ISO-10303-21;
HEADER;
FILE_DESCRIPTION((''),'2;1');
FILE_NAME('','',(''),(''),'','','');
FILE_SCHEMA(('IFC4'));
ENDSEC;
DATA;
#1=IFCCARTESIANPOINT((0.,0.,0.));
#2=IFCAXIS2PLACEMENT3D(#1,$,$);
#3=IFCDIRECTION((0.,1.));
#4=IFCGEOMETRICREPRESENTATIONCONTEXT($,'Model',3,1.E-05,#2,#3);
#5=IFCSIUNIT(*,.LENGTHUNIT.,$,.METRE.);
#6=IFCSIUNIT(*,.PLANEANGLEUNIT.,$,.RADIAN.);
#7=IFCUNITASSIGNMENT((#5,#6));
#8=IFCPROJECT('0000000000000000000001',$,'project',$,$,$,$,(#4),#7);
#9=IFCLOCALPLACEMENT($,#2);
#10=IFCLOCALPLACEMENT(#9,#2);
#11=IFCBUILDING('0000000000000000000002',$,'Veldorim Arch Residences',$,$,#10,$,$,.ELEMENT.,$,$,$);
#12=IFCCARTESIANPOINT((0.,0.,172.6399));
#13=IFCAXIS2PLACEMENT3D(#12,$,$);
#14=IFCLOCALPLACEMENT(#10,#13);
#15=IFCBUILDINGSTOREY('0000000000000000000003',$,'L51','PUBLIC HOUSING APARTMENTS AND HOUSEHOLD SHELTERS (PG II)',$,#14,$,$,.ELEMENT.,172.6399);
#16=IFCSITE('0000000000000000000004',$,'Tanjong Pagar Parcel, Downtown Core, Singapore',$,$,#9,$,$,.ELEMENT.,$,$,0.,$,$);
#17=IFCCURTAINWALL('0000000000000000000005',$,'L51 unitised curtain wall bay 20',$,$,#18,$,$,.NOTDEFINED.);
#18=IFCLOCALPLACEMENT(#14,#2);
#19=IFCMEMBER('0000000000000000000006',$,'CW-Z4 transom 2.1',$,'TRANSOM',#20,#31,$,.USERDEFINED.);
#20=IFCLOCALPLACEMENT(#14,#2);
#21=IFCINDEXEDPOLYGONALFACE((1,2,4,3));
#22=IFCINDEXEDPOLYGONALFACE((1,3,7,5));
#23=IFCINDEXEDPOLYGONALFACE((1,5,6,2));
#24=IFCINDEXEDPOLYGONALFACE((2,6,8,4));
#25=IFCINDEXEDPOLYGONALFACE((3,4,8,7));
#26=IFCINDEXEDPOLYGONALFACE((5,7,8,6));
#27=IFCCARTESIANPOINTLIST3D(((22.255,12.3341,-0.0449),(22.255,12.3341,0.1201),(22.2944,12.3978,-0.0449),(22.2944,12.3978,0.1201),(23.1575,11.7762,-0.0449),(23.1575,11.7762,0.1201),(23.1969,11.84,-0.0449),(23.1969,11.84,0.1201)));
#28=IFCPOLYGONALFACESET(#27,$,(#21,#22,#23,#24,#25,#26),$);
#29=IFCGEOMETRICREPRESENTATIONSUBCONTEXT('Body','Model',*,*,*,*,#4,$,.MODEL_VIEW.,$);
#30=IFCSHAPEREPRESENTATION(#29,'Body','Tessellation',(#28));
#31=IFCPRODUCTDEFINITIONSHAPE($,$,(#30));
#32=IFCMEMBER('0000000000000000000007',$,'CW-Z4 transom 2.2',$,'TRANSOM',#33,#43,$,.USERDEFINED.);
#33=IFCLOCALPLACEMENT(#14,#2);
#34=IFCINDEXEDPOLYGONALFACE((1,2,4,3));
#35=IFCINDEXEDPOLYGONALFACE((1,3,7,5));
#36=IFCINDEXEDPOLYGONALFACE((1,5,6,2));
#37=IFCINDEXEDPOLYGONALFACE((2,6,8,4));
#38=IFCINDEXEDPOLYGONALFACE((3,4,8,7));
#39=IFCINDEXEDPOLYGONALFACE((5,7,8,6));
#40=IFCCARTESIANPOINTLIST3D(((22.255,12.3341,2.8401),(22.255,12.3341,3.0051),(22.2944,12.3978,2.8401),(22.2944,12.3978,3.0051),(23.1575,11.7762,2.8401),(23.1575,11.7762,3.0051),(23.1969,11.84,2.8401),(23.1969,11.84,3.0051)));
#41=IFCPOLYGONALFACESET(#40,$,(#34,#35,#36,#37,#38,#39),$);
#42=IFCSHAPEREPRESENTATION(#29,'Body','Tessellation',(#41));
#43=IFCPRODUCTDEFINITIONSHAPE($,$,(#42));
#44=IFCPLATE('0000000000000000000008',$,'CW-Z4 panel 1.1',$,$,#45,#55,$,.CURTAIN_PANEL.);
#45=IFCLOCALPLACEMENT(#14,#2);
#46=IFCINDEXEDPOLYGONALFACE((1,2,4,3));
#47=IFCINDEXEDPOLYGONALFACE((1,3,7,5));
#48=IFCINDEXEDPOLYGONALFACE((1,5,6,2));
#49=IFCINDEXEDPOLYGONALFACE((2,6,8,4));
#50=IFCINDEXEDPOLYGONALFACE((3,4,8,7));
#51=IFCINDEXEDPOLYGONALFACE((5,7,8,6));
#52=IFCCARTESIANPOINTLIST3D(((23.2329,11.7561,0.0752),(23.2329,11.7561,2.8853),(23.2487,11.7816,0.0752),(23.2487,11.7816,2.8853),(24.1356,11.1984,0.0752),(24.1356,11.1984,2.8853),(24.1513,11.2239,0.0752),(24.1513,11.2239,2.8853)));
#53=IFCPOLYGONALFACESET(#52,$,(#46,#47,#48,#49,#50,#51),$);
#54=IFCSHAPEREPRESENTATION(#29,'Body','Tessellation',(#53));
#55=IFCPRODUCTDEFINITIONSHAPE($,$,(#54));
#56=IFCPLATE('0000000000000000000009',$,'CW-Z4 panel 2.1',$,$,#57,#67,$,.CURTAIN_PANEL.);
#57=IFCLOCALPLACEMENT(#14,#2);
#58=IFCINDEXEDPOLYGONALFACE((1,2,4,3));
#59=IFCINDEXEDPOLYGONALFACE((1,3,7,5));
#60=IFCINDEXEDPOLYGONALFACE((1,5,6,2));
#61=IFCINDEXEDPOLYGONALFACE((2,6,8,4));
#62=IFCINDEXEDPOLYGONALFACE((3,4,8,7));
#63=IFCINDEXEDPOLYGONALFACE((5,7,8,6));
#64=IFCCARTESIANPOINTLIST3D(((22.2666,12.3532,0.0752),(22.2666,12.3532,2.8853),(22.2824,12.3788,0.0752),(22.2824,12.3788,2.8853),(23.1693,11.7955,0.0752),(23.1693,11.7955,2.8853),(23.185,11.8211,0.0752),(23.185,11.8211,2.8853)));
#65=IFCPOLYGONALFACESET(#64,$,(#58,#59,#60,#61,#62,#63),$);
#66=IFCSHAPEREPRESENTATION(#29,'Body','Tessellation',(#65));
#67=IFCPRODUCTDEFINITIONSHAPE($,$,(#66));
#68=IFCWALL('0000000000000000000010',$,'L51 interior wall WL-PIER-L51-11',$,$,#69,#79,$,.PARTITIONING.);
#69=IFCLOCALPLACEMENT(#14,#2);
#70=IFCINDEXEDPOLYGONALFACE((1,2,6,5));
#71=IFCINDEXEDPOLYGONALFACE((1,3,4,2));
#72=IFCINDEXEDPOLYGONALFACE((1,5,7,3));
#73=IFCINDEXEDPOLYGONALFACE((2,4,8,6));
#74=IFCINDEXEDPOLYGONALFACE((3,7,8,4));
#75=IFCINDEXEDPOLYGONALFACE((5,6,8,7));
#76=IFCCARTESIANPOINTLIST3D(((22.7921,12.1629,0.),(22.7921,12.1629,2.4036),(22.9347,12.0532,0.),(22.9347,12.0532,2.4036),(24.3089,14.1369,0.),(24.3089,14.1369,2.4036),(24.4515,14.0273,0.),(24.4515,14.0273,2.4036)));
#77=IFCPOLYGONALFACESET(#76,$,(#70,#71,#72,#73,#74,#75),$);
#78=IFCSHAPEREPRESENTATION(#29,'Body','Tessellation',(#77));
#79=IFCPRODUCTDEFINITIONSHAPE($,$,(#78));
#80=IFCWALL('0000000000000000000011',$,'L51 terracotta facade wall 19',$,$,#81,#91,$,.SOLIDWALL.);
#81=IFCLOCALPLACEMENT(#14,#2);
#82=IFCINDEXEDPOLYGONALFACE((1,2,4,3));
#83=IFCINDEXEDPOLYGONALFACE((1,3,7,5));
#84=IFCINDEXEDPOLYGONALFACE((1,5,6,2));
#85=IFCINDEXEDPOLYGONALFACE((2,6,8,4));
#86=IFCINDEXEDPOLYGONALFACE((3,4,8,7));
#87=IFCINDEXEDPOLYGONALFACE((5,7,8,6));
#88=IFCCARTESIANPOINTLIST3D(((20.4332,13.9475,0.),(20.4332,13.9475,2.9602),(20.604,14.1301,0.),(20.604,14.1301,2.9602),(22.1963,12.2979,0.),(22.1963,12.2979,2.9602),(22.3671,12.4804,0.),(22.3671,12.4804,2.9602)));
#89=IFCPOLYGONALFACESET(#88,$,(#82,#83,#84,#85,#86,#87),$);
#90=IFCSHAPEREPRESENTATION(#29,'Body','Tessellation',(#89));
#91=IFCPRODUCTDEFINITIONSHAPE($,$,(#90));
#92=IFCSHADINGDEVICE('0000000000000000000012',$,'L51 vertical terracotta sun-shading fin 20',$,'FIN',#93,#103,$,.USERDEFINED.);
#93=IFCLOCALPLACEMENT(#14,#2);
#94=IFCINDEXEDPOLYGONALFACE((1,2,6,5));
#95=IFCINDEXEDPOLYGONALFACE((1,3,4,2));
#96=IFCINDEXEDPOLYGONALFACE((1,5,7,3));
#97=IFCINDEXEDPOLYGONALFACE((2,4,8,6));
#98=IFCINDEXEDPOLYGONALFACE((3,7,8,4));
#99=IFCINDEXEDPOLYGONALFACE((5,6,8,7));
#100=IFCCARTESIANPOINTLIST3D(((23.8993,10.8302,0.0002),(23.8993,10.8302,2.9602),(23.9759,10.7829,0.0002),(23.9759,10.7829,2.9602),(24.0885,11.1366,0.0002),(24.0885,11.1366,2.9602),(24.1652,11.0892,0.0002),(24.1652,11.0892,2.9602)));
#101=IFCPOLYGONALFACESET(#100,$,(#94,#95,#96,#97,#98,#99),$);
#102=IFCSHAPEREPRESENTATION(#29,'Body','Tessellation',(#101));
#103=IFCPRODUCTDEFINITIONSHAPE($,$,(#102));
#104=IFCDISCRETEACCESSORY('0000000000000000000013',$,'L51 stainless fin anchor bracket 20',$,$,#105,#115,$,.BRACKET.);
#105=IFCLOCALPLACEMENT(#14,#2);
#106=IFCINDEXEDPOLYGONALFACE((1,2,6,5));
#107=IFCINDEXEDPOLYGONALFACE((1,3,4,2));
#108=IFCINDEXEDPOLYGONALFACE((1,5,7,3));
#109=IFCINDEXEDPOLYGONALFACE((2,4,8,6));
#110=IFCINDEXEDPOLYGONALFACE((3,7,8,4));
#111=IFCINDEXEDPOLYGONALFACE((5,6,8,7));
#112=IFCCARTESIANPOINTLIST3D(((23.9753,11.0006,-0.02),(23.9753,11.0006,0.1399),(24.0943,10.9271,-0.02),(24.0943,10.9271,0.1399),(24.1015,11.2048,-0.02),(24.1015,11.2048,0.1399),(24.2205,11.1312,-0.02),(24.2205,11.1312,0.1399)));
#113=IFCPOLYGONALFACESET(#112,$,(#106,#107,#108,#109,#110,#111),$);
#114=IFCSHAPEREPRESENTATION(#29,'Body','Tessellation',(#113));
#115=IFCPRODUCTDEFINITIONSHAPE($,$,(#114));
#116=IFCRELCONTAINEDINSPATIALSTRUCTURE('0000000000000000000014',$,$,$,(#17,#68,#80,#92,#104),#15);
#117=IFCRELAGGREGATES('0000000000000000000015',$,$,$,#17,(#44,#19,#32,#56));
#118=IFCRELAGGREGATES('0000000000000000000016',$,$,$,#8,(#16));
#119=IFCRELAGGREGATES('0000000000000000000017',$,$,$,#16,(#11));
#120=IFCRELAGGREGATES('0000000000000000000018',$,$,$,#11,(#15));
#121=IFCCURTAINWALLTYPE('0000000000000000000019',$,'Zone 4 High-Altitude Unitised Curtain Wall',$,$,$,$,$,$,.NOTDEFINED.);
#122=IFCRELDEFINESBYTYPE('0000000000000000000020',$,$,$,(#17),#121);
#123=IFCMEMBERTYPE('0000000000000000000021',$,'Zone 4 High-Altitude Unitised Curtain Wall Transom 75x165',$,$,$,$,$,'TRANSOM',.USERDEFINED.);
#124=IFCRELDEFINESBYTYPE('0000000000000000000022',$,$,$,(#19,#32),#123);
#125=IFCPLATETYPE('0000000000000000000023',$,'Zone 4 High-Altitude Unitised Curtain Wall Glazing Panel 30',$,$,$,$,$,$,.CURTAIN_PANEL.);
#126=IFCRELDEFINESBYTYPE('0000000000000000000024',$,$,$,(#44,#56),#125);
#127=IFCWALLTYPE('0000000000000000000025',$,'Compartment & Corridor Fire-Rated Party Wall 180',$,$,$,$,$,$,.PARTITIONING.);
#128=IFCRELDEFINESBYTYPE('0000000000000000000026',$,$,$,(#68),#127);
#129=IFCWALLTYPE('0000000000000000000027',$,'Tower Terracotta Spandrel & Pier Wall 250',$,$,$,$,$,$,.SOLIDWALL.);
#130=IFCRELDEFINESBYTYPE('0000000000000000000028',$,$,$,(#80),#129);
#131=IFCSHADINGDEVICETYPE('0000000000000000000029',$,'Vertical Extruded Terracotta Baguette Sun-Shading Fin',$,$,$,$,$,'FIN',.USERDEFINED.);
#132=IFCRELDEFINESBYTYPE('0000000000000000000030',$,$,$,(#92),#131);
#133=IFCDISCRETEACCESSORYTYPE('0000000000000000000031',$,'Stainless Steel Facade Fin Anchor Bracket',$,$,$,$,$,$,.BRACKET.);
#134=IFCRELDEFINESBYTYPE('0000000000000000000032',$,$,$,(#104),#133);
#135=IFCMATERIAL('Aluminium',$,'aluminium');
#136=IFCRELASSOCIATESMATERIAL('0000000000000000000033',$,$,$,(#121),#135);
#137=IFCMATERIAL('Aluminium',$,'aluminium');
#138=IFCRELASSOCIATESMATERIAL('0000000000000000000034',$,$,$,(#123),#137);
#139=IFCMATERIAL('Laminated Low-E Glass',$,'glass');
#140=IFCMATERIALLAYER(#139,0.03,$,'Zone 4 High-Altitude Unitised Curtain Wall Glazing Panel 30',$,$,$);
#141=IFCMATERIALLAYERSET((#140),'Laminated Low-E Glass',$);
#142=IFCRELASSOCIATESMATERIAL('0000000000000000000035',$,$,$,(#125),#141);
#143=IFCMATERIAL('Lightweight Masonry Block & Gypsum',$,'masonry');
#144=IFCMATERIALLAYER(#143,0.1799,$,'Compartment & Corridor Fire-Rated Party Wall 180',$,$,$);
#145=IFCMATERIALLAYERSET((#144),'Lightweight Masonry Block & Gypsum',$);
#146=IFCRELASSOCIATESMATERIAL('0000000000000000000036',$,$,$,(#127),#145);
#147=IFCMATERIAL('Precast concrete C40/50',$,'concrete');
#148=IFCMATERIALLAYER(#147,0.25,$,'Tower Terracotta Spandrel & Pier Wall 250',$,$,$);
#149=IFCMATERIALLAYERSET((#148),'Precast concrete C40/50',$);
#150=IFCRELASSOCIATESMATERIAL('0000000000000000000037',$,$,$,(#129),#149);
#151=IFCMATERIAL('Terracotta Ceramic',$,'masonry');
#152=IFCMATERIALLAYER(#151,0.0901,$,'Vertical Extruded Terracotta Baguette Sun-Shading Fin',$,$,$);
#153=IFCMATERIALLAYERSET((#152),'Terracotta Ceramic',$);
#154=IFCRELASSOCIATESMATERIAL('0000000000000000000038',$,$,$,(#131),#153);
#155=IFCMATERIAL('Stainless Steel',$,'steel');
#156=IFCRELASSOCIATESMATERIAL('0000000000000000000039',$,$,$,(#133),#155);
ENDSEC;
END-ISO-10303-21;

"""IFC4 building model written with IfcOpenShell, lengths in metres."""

from ifc_helpers import new_model, si_unit, direction, frame, frame_2d, origin, origin_2d, place, context, subcontext, project, spatial, rectangle, extrude, material, layer, layer_set, material_profile, profile_set, type_object, element, aggregate, save


model = new_model("IFC4")

# Units and contexts
model_context = context("Model", 3, precision=1e-05, world=origin(), true_north=direction((0.0, 1.0)))
body_context = subcontext(model_context, "Body", "Model", "MODEL_VIEW")
ifc_project = project(units=[si_unit("LENGTHUNIT", "METRE"), si_unit("PLANEANGLEUNIT", "RADIAN")], contexts=[model_context])

# Site, building, storey
site_placement = place(None, origin())
site = spatial("IfcSite", under=ifc_project, at=site_placement, Name="Tanjong Pagar Parcel, Downtown Core, Singapore", CompositionType="ELEMENT", RefElevation=0.0)
building_placement = place(site_placement, origin())
building = spatial("IfcBuilding", under=site, at=building_placement, Name="Veldorim Arch Residences", CompositionType="ELEMENT")
storey_placement = place(building_placement, frame((0.0, 0.0, 172.6399)))
storey = spatial("IfcBuildingStorey", under=building, at=storey_placement, Name="L51", Description="PUBLIC HOUSING APARTMENTS AND HOUSEHOLD SHELTERS (PG II)", CompositionType="ELEMENT", Elevation=172.6399)

# Curtain wall, members, plates
ifc_material_1 = material(Name="Aluminium", Category="aluminium")
curtain_wall_type = type_object("IfcCurtainWallType", Name="Zone 4 High-Altitude Unitised Curtain Wall", PredefinedType="NOTDEFINED", material=ifc_material_1)
curtain_wall_placement = place(storey_placement, origin())
curtain_wall = element("IfcCurtainWall", 1, at=curtain_wall_placement, inside=storey, type_object=curtain_wall_type, Name="L51 unitised curtain wall bay 20", PredefinedType="NOTDEFINED")
ifc_material_2 = material(Name="Aluminium", Category="aluminium")
ifc_material_profile_1 = material_profile(ifc_material_2, rectangle(XDim=0.075, YDim=0.165, at=origin_2d()), Name="ALU_TRN_75x165")
ifc_profile_set_1 = profile_set([ifc_material_profile_1], Name="Aluminium")
member_type_1 = type_object("IfcMemberType", Name="Zone 4 High-Altitude Unitised Curtain Wall Transom 75x165", ElementType="TRANSOM", PredefinedType="USERDEFINED", material=ifc_profile_set_1)
member_1_placement = place(storey_placement, frame((23.1772, 11.8081, 0.0376), z_axis=(-0.850638, 0.525752, 0.0), x_axis=(-0.525752, -0.850638, 0.0)))
member_1 = element("IfcMember", 2, at=member_1_placement, type_object=member_type_1, Name="CW-Z4 transom 2.1", ObjectType="TRANSOM", PredefinedType="USERDEFINED", context=body_context, shape_type="SweptSolid", body=[
    extrude(rectangle(XDim=0.075, YDim=0.165, at=origin_2d()), origin(), (0.0, 0.0, 1.0), 1.061),
])
member_2_placement = place(storey_placement, frame((23.1772, 11.8081, 2.9226), z_axis=(-0.850638, 0.525752, 0.0), x_axis=(-0.525752, -0.850638, 0.0)))
member_2 = element("IfcMember", 3, at=member_2_placement, type_object=member_type_1, Name="CW-Z4 transom 2.2", ObjectType="TRANSOM", PredefinedType="USERDEFINED", context=body_context, shape_type="SweptSolid", body=[
    extrude(rectangle(XDim=0.075, YDim=0.165, at=origin_2d()), origin(), (0.0, 0.0, 1.0), 1.061),
])
ifc_material_3 = material(Name="Laminated Low-E Glass", Category="glass")
ifc_layer_1 = layer(ifc_material_3, 0.03, Name="Zone 4 High-Altitude Unitised Curtain Wall Glazing Panel 30")
ifc_layer_set_1 = layer_set([ifc_layer_1], Name="Laminated Low-E Glass")
plate_type = type_object("IfcPlateType", Name="Zone 4 High-Altitude Unitised Curtain Wall Glazing Panel 30", PredefinedType="CURTAIN_PANEL", material=ifc_layer_set_1)
plate_1_placement = place(storey_placement, frame((23.6921, 11.49, 0.0752), z_axis=(0.0, 0.0, 1.0), x_axis=(-0.850709, 0.525637, 0.0)))
plate_1 = element("IfcPlate", 4, at=plate_1_placement, type_object=plate_type, Name="CW-Z4 panel 1.1", PredefinedType="CURTAIN_PANEL", context=body_context, shape_type="SweptSolid", body=[
    extrude(rectangle(XDim=1.061, YDim=0.03, at=origin_2d()), origin(), (0.0, 0.0, 1.0), 2.8101),
])
plate_2_placement = place(storey_placement, frame((22.7258, 12.0872, 0.0752), z_axis=(0.0, 0.0, 1.0), x_axis=(-0.850709, 0.525637, 0.0)))
plate_2 = element("IfcPlate", 5, at=plate_2_placement, type_object=plate_type, Name="CW-Z4 panel 2.1", PredefinedType="CURTAIN_PANEL", context=body_context, shape_type="SweptSolid", body=[
    extrude(rectangle(XDim=1.061, YDim=0.03, at=origin_2d()), origin(), (0.0, 0.0, 1.0), 2.8101),
])
aggregate(curtain_wall, [plate_1, member_1, member_2, plate_2])

# Wall
ifc_material_4 = material(Name="Lightweight Masonry Block & Gypsum", Category="masonry")
ifc_layer_2 = layer(ifc_material_4, 0.1799, Name="Compartment & Corridor Fire-Rated Party Wall 180")
ifc_layer_set_2 = layer_set([ifc_layer_2], Name="Lightweight Masonry Block & Gypsum")
wall_type_1 = type_object("IfcWallType", Name="Compartment & Corridor Fire-Rated Party Wall 180", PredefinedType="PARTITIONING", material=ifc_layer_set_2)
wall_1_placement = place(storey_placement, frame((24.3801, 14.082, 0.0), z_axis=(0.0, 0.0, 1.0), x_axis=(-0.609279, -0.792956, 0.0)))
element("IfcWall", 6, at=wall_1_placement, inside=storey, type_object=wall_type_1, Name="L51 interior wall WL-PIER-L51-11", PredefinedType="PARTITIONING", context=body_context, shape_type="SweptSolid", body=[
    extrude(rectangle(XDim=2.4895, YDim=0.1799, at=frame_2d((1.2446, 0.0))), origin(), (0.0, 0.0, 1.0), 2.4036),
])

# Wall
ifc_material_5 = material(Name="Precast concrete C40/50", Category="concrete")
ifc_layer_3 = layer(ifc_material_5, 0.25, Name="Tower Terracotta Spandrel & Pier Wall 250")
ifc_layer_set_3 = layer_set([ifc_layer_3], Name="Precast concrete C40/50")
wall_type_2 = type_object("IfcWallType", Name="Tower Terracotta Spandrel & Pier Wall 250", PredefinedType="SOLIDWALL", material=ifc_layer_set_3)
wall_2_placement = place(storey_placement, frame((22.2817, 12.3892, 0.0), z_axis=(0.0, 0.0, 1.0), x_axis=(-0.730224, 0.683208, 0.0)))
element("IfcWall", 7, at=wall_2_placement, inside=storey, type_object=wall_type_2, Name="L51 terracotta facade wall 19", PredefinedType="SOLIDWALL", context=body_context, shape_type="SweptSolid", body=[
    extrude(rectangle(XDim=2.4146, YDim=0.25, at=frame_2d((1.2073, 0.0))), origin(), (0.0, 0.0, 1.0), 2.9602),
])

# Shading device
ifc_material_6 = material(Name="Terracotta Ceramic", Category="masonry")
ifc_layer_4 = layer(ifc_material_6, 0.0901, Name="Vertical Extruded Terracotta Baguette Sun-Shading Fin")
ifc_layer_set_4 = layer_set([ifc_layer_4], Name="Terracotta Ceramic")
shading_device_type = type_object("IfcShadingDeviceType", Name="Vertical Extruded Terracotta Baguette Sun-Shading Fin", ElementType="FIN", PredefinedType="USERDEFINED", material=ifc_layer_set_4)
shading_device_placement = place(storey_placement, frame((24.0322, 10.9597, 0.0002), z_axis=(0.0, 0.0, 1.0), x_axis=(-0.850719, 0.52562, 0.0)))
element("IfcShadingDevice", 8, at=shading_device_placement, inside=storey, type_object=shading_device_type, Name="L51 vertical terracotta sun-shading fin 20", ObjectType="FIN", PredefinedType="USERDEFINED", context=body_context, shape_type="SweptSolid", body=[
    extrude(rectangle(XDim=0.0901, YDim=0.3601, at=origin_2d()), origin(), (0.0, 0.0, 1.0), 2.96),
])

# Discrete accessory
ifc_material_7 = material(Name="Stainless Steel", Category="steel")
discrete_accessory_type = type_object("IfcDiscreteAccessoryType", Name="Stainless Steel Facade Fin Anchor Bracket", PredefinedType="BRACKET", material=ifc_material_7)
discrete_accessory_placement = place(storey_placement, frame((24.0979, 11.0659, -0.02), z_axis=(0.0, 0.0, 1.0), x_axis=(-0.850719, 0.52562, 0.0)))
element("IfcDiscreteAccessory", 9, at=discrete_accessory_placement, inside=storey, type_object=discrete_accessory_type, Name="L51 stainless fin anchor bracket 20", PredefinedType="BRACKET", context=body_context, shape_type="SweptSolid", body=[
    extrude(rectangle(XDim=0.1399, YDim=0.24, at=origin_2d()), origin(), (0.0, 0.0, 1.0), 0.1599),
])

save(model, "model.ifc")
